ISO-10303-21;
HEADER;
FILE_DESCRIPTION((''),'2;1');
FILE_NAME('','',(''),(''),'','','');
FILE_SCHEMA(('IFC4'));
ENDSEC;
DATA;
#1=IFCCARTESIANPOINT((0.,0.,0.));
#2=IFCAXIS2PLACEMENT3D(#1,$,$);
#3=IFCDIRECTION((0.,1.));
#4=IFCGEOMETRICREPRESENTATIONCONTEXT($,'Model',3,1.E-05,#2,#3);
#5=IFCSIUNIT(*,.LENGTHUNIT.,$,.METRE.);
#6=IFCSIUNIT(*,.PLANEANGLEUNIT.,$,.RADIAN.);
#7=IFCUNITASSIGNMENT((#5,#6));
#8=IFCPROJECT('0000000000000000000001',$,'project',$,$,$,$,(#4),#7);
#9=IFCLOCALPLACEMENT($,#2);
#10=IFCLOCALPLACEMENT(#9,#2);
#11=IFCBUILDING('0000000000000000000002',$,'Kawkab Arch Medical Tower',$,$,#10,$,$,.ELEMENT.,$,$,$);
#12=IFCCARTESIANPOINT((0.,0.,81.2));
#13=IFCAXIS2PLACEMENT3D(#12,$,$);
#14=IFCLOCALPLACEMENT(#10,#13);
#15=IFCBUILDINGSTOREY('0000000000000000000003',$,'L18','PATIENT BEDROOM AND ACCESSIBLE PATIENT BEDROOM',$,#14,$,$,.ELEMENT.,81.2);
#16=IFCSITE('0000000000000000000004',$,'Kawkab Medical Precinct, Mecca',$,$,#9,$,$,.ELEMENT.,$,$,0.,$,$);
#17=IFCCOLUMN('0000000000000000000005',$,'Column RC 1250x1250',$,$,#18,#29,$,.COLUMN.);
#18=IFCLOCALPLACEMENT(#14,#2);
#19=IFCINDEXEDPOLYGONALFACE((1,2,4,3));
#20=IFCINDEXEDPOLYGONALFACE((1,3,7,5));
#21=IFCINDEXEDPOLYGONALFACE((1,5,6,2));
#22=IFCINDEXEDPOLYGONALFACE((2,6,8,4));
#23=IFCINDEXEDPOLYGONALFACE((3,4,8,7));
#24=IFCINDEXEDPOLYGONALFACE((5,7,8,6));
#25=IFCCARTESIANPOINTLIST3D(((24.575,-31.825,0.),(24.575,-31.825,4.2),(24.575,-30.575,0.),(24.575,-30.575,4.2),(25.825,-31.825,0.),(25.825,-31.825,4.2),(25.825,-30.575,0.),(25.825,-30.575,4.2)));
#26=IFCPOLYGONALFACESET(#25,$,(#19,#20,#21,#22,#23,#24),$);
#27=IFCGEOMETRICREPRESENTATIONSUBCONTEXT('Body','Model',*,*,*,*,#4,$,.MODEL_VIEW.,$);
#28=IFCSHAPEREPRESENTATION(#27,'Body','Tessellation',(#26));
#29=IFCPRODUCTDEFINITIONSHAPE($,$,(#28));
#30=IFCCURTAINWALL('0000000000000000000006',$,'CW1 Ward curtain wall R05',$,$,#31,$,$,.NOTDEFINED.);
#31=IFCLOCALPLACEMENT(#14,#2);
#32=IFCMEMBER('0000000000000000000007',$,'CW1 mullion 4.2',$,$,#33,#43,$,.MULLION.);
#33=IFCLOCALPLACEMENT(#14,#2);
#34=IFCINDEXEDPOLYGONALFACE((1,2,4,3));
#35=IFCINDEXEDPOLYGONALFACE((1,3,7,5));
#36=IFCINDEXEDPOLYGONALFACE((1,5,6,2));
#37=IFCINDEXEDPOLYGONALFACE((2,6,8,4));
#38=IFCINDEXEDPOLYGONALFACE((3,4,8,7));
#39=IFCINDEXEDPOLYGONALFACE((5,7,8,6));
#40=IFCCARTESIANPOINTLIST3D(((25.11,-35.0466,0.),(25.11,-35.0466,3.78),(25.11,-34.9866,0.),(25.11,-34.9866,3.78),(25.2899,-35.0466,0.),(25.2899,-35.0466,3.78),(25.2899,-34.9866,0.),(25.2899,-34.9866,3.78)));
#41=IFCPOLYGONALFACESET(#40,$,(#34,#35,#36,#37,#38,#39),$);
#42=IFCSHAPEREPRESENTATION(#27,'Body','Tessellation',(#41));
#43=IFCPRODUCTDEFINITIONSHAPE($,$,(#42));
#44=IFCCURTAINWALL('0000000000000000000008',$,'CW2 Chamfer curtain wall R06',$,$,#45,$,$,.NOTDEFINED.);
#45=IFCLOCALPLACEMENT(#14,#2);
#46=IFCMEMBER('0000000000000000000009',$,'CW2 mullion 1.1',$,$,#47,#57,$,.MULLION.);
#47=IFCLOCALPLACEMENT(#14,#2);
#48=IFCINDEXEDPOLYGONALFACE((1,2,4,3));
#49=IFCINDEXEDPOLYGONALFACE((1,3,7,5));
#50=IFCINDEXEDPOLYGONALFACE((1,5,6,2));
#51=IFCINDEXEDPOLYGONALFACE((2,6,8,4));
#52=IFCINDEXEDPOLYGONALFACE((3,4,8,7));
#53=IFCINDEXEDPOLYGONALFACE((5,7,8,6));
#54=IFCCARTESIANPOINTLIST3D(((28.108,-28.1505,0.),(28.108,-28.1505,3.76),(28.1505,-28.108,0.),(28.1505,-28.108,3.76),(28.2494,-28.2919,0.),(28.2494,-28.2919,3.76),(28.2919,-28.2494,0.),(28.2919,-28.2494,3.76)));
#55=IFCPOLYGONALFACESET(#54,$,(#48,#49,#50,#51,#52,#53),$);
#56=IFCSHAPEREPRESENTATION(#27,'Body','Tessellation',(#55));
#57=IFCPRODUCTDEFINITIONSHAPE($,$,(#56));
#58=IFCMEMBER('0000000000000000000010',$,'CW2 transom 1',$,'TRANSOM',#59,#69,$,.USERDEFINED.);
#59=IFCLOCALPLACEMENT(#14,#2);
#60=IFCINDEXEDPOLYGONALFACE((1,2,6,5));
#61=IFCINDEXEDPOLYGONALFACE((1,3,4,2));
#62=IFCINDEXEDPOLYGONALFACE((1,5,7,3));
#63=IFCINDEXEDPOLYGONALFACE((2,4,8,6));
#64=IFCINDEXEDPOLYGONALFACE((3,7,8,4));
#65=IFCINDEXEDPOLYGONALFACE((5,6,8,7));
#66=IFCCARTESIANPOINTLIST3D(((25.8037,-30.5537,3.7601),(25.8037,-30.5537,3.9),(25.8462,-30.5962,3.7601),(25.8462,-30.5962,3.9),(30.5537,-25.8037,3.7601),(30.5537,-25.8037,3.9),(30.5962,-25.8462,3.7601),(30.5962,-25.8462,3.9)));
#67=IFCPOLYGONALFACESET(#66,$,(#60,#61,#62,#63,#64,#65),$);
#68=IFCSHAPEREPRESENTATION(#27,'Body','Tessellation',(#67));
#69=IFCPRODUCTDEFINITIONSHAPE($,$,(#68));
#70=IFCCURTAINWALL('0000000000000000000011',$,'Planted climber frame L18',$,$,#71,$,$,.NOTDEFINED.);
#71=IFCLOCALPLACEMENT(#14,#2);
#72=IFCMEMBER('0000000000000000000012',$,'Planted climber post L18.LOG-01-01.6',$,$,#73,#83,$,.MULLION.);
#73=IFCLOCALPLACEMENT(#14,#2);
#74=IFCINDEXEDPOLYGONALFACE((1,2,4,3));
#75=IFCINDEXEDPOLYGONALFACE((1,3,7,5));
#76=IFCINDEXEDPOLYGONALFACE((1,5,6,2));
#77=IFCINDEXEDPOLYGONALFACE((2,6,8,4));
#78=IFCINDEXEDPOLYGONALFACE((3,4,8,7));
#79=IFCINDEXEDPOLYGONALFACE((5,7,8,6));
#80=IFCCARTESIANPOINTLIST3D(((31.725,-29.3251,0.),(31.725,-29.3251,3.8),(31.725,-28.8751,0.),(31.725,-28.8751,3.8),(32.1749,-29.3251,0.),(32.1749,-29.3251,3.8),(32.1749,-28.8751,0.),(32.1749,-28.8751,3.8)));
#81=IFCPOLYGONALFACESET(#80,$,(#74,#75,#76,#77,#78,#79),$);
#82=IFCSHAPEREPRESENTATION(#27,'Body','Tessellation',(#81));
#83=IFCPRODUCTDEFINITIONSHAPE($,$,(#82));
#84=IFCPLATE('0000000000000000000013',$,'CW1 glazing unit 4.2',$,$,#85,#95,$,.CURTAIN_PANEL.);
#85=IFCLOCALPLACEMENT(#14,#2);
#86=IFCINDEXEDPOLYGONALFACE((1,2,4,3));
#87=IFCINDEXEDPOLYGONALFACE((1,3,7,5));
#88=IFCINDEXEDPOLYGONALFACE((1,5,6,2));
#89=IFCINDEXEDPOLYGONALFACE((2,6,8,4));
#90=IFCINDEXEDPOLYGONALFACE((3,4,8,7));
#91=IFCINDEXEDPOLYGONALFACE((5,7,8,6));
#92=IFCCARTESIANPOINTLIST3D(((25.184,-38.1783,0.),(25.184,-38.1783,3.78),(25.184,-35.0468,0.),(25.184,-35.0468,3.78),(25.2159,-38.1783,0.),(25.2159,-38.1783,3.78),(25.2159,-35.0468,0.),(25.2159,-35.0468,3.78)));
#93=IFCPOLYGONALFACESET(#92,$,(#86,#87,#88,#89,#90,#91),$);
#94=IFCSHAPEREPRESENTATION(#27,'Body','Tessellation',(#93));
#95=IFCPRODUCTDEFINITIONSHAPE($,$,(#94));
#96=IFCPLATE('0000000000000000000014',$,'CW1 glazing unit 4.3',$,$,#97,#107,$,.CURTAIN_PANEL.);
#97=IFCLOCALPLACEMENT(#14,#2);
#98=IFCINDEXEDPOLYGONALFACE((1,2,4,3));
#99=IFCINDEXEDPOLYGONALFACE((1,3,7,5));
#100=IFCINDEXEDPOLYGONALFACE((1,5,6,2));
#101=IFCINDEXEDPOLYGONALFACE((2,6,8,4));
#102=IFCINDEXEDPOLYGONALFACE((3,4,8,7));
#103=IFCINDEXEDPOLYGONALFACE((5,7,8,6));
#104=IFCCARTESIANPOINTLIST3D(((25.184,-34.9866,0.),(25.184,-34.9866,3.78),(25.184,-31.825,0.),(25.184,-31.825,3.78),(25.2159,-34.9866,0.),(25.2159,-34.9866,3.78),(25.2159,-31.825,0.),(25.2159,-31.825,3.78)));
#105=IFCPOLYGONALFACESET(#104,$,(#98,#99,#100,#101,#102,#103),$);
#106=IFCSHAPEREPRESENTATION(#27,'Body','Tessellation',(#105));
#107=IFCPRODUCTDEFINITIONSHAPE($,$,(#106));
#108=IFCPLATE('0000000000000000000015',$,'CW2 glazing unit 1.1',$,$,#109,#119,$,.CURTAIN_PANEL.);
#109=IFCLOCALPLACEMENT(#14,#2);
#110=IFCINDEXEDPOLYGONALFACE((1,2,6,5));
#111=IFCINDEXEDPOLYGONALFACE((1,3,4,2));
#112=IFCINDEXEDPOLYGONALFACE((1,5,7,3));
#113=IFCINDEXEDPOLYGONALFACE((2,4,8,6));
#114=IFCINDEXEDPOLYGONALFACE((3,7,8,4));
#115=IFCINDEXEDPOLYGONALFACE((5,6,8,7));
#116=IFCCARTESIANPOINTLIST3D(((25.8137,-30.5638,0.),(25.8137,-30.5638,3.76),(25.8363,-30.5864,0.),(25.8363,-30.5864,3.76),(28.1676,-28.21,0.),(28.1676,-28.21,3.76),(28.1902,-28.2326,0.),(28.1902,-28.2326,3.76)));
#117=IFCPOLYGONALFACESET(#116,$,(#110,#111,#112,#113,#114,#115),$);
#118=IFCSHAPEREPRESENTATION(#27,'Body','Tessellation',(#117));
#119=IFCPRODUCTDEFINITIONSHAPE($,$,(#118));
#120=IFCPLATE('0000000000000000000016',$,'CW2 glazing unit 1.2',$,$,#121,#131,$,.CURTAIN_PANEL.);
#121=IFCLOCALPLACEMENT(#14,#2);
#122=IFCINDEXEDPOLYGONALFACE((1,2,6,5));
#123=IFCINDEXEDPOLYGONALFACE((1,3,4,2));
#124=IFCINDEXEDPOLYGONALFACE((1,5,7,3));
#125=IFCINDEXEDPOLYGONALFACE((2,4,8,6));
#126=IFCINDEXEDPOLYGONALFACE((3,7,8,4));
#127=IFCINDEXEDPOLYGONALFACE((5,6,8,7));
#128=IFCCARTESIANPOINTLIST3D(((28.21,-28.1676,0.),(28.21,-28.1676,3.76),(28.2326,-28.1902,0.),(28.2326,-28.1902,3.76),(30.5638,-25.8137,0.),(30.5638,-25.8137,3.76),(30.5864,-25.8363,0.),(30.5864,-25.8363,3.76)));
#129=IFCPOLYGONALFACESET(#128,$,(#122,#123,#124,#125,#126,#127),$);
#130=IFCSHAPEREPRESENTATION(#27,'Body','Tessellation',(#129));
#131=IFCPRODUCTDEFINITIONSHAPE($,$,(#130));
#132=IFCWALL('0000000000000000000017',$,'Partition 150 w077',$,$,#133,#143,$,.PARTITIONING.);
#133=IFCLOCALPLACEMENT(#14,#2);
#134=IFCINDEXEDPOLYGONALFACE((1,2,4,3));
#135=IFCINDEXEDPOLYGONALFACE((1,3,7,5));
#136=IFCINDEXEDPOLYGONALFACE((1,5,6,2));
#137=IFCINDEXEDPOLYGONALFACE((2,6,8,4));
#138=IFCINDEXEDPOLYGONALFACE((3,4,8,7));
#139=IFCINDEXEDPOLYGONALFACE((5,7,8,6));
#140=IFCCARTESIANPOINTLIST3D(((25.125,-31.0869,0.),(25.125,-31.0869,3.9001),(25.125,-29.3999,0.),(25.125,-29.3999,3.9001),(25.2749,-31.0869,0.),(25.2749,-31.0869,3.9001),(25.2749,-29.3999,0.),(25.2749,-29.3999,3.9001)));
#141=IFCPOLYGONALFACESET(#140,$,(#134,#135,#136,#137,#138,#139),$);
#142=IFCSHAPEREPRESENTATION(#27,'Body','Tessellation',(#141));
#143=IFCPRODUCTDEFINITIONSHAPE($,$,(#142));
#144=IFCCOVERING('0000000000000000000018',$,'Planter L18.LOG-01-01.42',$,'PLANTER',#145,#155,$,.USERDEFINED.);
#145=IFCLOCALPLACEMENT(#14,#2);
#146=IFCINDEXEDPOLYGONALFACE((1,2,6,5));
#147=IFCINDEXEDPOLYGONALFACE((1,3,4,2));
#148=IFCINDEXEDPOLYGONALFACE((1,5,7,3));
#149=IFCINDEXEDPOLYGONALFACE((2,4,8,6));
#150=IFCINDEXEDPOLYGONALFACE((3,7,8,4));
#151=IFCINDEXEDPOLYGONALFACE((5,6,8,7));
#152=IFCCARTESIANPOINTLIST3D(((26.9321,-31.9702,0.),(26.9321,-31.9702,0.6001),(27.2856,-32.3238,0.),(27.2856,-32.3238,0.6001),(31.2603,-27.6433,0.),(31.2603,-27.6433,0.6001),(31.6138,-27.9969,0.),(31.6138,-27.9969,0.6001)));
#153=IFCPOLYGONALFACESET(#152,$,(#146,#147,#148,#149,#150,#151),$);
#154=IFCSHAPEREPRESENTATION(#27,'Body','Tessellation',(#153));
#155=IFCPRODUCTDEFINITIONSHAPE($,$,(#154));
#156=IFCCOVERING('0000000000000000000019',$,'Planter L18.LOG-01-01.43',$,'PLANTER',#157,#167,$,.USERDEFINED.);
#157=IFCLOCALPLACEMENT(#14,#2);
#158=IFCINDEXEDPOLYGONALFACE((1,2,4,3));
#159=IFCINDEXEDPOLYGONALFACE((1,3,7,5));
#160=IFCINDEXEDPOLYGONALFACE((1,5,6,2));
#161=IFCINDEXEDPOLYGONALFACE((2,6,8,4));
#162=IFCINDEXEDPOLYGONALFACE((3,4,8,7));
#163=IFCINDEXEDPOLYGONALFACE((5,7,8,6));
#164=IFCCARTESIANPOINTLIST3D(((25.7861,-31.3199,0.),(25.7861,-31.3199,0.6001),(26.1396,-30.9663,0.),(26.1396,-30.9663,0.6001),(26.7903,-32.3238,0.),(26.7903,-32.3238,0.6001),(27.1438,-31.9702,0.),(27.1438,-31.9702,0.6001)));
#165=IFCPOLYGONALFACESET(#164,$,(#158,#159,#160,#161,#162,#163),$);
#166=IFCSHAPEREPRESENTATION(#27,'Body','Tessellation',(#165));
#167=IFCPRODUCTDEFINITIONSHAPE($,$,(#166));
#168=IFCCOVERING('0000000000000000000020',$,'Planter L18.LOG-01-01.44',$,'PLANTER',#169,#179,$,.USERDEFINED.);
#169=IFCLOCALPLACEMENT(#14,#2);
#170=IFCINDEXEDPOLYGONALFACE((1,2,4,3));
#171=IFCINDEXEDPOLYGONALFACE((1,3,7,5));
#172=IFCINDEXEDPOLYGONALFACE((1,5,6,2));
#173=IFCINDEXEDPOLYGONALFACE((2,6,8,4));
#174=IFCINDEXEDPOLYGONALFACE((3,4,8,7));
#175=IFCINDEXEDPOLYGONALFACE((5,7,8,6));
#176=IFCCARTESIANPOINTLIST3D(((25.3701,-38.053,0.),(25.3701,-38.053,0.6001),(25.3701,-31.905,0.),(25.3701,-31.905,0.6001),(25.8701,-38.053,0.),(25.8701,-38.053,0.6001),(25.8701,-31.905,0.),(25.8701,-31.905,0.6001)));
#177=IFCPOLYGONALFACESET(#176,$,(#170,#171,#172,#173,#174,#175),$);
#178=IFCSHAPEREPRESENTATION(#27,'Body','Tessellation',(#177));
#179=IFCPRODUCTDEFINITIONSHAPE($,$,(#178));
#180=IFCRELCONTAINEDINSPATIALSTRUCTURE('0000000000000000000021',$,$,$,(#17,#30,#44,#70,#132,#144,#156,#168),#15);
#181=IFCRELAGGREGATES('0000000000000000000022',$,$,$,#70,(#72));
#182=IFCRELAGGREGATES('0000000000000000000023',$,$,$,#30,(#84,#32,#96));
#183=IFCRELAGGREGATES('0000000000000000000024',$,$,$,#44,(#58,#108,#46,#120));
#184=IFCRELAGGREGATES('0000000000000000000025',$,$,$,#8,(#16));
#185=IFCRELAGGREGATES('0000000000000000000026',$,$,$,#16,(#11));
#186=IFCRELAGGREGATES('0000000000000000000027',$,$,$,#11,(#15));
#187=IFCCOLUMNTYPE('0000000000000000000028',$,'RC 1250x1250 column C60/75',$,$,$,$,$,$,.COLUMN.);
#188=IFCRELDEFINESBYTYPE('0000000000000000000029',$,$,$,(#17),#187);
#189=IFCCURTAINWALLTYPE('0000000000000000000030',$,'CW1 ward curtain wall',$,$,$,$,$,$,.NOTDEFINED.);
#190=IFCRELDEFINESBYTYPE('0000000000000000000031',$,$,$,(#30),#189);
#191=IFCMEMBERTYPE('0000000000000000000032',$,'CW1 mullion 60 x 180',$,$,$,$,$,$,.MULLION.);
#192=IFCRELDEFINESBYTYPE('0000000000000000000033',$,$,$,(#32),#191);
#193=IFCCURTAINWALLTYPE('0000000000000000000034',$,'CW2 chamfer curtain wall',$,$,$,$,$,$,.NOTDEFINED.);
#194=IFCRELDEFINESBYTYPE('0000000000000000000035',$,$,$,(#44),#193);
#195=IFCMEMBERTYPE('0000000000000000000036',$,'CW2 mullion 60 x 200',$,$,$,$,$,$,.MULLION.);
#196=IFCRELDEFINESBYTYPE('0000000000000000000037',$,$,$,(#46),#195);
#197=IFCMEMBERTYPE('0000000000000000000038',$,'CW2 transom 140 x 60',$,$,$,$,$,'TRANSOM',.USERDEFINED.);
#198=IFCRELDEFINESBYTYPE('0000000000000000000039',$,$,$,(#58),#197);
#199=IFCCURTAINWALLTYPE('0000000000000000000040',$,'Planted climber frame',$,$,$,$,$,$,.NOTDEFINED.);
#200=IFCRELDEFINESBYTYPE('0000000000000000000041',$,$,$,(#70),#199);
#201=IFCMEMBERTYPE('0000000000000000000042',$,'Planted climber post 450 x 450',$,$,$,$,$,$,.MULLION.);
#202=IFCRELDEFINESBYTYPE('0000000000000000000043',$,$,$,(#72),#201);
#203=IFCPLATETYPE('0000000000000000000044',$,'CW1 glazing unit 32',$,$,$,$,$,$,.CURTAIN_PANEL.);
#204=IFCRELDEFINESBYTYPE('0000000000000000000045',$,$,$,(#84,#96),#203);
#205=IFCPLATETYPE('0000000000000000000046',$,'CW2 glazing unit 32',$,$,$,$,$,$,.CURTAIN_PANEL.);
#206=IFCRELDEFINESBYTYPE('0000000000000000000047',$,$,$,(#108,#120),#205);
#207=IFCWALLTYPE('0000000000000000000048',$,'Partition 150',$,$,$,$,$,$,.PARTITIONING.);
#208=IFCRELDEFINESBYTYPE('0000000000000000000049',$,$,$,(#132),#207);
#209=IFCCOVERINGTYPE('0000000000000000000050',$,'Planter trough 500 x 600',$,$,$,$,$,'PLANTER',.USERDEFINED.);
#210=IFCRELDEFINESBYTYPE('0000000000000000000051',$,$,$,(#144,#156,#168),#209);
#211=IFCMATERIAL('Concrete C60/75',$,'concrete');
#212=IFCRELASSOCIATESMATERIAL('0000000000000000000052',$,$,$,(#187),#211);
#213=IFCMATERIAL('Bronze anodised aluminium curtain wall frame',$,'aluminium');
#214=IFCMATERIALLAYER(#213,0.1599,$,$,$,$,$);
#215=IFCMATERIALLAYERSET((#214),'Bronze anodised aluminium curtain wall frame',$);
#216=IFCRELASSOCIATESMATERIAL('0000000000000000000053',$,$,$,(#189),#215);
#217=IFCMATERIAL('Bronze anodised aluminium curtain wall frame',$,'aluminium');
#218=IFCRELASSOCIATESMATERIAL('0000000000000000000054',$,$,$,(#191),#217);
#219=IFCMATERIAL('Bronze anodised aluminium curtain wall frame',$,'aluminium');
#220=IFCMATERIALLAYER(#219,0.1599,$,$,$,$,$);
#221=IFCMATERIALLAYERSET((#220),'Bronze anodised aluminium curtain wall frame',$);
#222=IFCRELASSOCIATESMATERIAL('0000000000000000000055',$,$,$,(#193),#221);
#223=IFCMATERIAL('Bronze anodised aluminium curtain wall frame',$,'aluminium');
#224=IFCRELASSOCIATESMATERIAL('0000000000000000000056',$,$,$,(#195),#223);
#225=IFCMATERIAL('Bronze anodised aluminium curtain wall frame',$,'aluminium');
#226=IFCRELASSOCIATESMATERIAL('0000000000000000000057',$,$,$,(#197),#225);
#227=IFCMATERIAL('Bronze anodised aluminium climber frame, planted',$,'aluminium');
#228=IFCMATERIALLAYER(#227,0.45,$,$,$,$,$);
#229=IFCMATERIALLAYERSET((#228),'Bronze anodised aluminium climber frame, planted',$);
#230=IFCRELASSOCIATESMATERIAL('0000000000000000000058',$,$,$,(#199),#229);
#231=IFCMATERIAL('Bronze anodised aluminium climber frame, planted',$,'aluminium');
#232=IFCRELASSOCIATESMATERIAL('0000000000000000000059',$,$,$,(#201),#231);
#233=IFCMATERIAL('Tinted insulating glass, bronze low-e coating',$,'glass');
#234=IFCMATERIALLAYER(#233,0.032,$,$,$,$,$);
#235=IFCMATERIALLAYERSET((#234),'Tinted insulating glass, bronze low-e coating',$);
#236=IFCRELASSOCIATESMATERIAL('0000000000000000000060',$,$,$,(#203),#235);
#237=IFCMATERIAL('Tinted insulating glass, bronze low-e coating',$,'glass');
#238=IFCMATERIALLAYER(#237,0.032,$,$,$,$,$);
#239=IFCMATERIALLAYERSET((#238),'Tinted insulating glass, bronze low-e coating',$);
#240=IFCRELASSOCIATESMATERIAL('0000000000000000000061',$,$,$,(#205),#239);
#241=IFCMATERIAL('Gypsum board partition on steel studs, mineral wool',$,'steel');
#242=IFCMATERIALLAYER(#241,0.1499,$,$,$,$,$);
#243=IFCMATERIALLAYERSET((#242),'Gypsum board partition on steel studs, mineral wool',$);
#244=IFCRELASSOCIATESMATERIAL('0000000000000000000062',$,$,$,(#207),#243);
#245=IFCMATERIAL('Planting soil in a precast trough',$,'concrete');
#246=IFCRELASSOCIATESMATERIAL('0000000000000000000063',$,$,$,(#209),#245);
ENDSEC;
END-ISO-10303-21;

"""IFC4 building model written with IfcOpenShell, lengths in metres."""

from ifc_helpers import new_model, si_unit, direction, frame, frame_2d, origin, origin_2d, place, context, subcontext, project, spatial, rectangle, extrude, material, layer, layer_set, material_profile, profile_set, type_object, element, aggregate, save


model = new_model("IFC4")

# Units and contexts
model_context = context("Model", 3, precision=1e-05, world=origin(), true_north=direction((0.0, 1.0)))
body_context = subcontext(model_context, "Body", "Model", "MODEL_VIEW")
ifc_project = project(units=[si_unit("LENGTHUNIT", "METRE"), si_unit("PLANEANGLEUNIT", "RADIAN")], contexts=[model_context])

# Site, building, storey
site_placement = place(None, origin())
site = spatial("IfcSite", under=ifc_project, at=site_placement, Name="Kawkab Medical Precinct, Mecca", CompositionType="ELEMENT", RefElevation=0.0)
building_placement = place(site_placement, origin())
building = spatial("IfcBuilding", under=site, at=building_placement, Name="Kawkab Arch Medical Tower", CompositionType="ELEMENT")
storey_placement = place(building_placement, frame((0.0, 0.0, 81.2)))
storey = spatial("IfcBuildingStorey", under=building, at=storey_placement, Name="L18", Description="PATIENT BEDROOM AND ACCESSIBLE PATIENT BEDROOM", CompositionType="ELEMENT", Elevation=81.2)

# Column
ifc_material_1 = material(Name="Concrete C60/75", Category="concrete")
ifc_material_profile_1 = material_profile(ifc_material_1, rectangle(XDim=1.25, YDim=1.25, at=origin_2d()), Name="RC 1250x1250")
ifc_profile_set_1 = profile_set([ifc_material_profile_1], Name="Concrete C60/75")
column_type = type_object("IfcColumnType", Name="RC 1250x1250 column C60/75", PredefinedType="COLUMN", material=ifc_profile_set_1)
column_placement = place(storey_placement, frame((25.2, -31.2, 0.0), z_axis=(0.0, 0.0, 1.0), x_axis=(1.0, 0.0, 0.0)))
element("IfcColumn", 1, at=column_placement, inside=storey, type_object=column_type, Name="Column RC 1250x1250", PredefinedType="COLUMN", context=body_context, shape_type="SweptSolid", body=[
    extrude(rectangle(XDim=1.25, YDim=1.25, at=origin_2d()), origin(), (0.0, 0.0, 1.0), 4.2),
])

# Curtain wall, member
ifc_material_2 = material(Name="Bronze anodised aluminium curtain wall frame", Category="aluminium")
ifc_layer_1 = layer(ifc_material_2, 0.1599)
ifc_layer_set_1 = layer_set([ifc_layer_1], Name="Bronze anodised aluminium curtain wall frame")
curtain_wall_type_1 = type_object("IfcCurtainWallType", Name="CW1 ward curtain wall", PredefinedType="NOTDEFINED", material=ifc_layer_set_1)
placement = place(storey_placement, origin())
curtain_wall_1 = element("IfcCurtainWall", 2, at=placement, inside=storey, type_object=curtain_wall_type_1, Name="CW1 Ward curtain wall R05", PredefinedType="NOTDEFINED")
ifc_material_3 = material(Name="Bronze anodised aluminium curtain wall frame", Category="aluminium")
ifc_material_profile_2 = material_profile(ifc_material_3, rectangle(XDim=0.1799, YDim=0.0601, at=origin_2d()), Name="AL 60x180")
ifc_profile_set_2 = profile_set([ifc_material_profile_2], Name="Bronze anodised aluminium curtain wall frame")
member_type_1 = type_object("IfcMemberType", Name="CW1 mullion 60 x 180", PredefinedType="MULLION", material=ifc_profile_set_2)
member_1_placement = place(storey_placement, frame((25.2, -35.0166, 0.0), z_axis=(0.0, 0.0, 1.0), x_axis=(-1.0, 0.0, 0.0)))
member_1 = element("IfcMember", 3, at=member_1_placement, type_object=member_type_1, Name="CW1 mullion 4.2", PredefinedType="MULLION", context=body_context, shape_type="SweptSolid", body=[
    extrude(rectangle(XDim=0.1799, YDim=0.0601, at=origin_2d()), origin(), (0.0, 0.0, 1.0), 3.78),
])

# Curtain wall, members
ifc_material_4 = material(Name="Bronze anodised aluminium curtain wall frame", Category="aluminium")
ifc_layer_2 = layer(ifc_material_4, 0.1599)
ifc_layer_set_2 = layer_set([ifc_layer_2], Name="Bronze anodised aluminium curtain wall frame")
curtain_wall_type_2 = type_object("IfcCurtainWallType", Name="CW2 chamfer curtain wall", PredefinedType="NOTDEFINED", material=ifc_layer_set_2)
curtain_wall_2 = element("IfcCurtainWall", 4, at=placement, inside=storey, type_object=curtain_wall_type_2, Name="CW2 Chamfer curtain wall R06", PredefinedType="NOTDEFINED")
ifc_material_5 = material(Name="Bronze anodised aluminium curtain wall frame", Category="aluminium")
ifc_material_profile_3 = material_profile(ifc_material_5, rectangle(XDim=0.2, YDim=0.0601, at=origin_2d()), Name="AL 60x200")
ifc_profile_set_3 = profile_set([ifc_material_profile_3], Name="Bronze anodised aluminium curtain wall frame")
member_type_2 = type_object("IfcMemberType", Name="CW2 mullion 60 x 200", PredefinedType="MULLION", material=ifc_profile_set_3)
member_2_placement = place(storey_placement, frame((28.2, -28.2, 0.0), z_axis=(0.0, 0.0, 1.0), x_axis=(-0.707107, 0.707107, 0.0)))
member_2 = element("IfcMember", 5, at=member_2_placement, type_object=member_type_2, Name="CW2 mullion 1.1", PredefinedType="MULLION", context=body_context, shape_type="SweptSolid", body=[
    extrude(rectangle(XDim=0.2, YDim=0.0601, at=origin_2d()), origin(), (0.0, 0.0, 1.0), 3.76),
])
ifc_material_6 = material(Name="Bronze anodised aluminium curtain wall frame", Category="aluminium")
ifc_material_profile_4 = material_profile(ifc_material_6, rectangle(XDim=0.0601, YDim=0.1399, at=origin_2d()), Name="AL 60x140")
ifc_profile_set_4 = profile_set([ifc_material_profile_4], Name="Bronze anodised aluminium curtain wall frame")
member_type_3 = type_object("IfcMemberType", Name="CW2 transom 140 x 60", ElementType="TRANSOM", PredefinedType="USERDEFINED", material=ifc_profile_set_4)
member_3_placement = place(storey_placement, frame((25.825, -30.575, 3.8301), z_axis=(0.707107, 0.707107, 0.0), x_axis=(-0.707107, 0.707107, 0.0)))
member_3 = element("IfcMember", 6, at=member_3_placement, type_object=member_type_3, Name="CW2 transom 1", ObjectType="TRANSOM", PredefinedType="USERDEFINED", context=body_context, shape_type="SweptSolid", body=[
    extrude(rectangle(XDim=0.0601, YDim=0.1399, at=origin_2d()), origin(), (0.0, 0.0, 1.0), 6.7175),
])

# Curtain wall, member
ifc_material_7 = material(Name="Bronze anodised aluminium climber frame, planted", Category="aluminium")
ifc_layer_3 = layer(ifc_material_7, 0.45)
ifc_layer_set_3 = layer_set([ifc_layer_3], Name="Bronze anodised aluminium climber frame, planted")
curtain_wall_type_3 = type_object("IfcCurtainWallType", Name="Planted climber frame", PredefinedType="NOTDEFINED", material=ifc_layer_set_3)
curtain_wall_3 = element("IfcCurtainWall", 7, at=placement, inside=storey, type_object=curtain_wall_type_3, Name="Planted climber frame L18", PredefinedType="NOTDEFINED")
ifc_material_8 = material(Name="Bronze anodised aluminium climber frame, planted", Category="aluminium")
ifc_material_profile_5 = material_profile(ifc_material_8, rectangle(XDim=0.45, YDim=0.45, at=origin_2d()), Name="Post 450x450")
ifc_profile_set_5 = profile_set([ifc_material_profile_5], Name="Bronze anodised aluminium climber frame, planted")
member_type_4 = type_object("IfcMemberType", Name="Planted climber post 450 x 450", PredefinedType="MULLION", material=ifc_profile_set_5)
member_4_placement = place(storey_placement, frame((31.95, -29.1001, 0.0), z_axis=(0.0, 0.0, 1.0), x_axis=(1.0, 0.0, 0.0)))
member_4 = element("IfcMember", 8, at=member_4_placement, type_object=member_type_4, Name="Planted climber post L18.LOG-01-01.6", PredefinedType="MULLION", context=body_context, shape_type="SweptSolid", body=[
    extrude(rectangle(XDim=0.45, YDim=0.45, at=origin_2d()), origin(), (0.0, 0.0, 1.0), 3.8),
])
aggregate(curtain_wall_3, [member_4])

# Plates
ifc_material_9 = material(Name="Tinted insulating glass, bronze low-e coating", Category="glass")
ifc_layer_4 = layer(ifc_material_9, 0.032)
ifc_layer_set_4 = layer_set([ifc_layer_4], Name="Tinted insulating glass, bronze low-e coating")
plate_type_1 = type_object("IfcPlateType", Name="CW1 glazing unit 32", PredefinedType="CURTAIN_PANEL", material=ifc_layer_set_4)
plate_1_placement = place(storey_placement, frame((25.2, -36.6125, 0.0), z_axis=(0.0, 0.0, 1.0), x_axis=(0.0, 1.0, 0.0)))
plate_1 = element("IfcPlate", 9, at=plate_1_placement, type_object=plate_type_1, Name="CW1 glazing unit 4.2", PredefinedType="CURTAIN_PANEL", context=body_context, shape_type="SweptSolid", body=[
    extrude(rectangle(XDim=3.1316, YDim=0.032, at=origin_2d()), origin(), (0.0, 0.0, 1.0), 3.78),
])
plate_2_placement = place(storey_placement, frame((25.2, -33.4058, 0.0), z_axis=(0.0, 0.0, 1.0), x_axis=(0.0, 1.0, 0.0)))
plate_2 = element("IfcPlate", 10, at=plate_2_placement, type_object=plate_type_1, Name="CW1 glazing unit 4.3", PredefinedType="CURTAIN_PANEL", context=body_context, shape_type="SweptSolid", body=[
    extrude(rectangle(XDim=3.1616, YDim=0.032, at=origin_2d()), origin(), (0.0, 0.0, 1.0), 3.78),
])
aggregate(curtain_wall_1, [plate_1, member_1, plate_2])
ifc_material_10 = material(Name="Tinted insulating glass, bronze low-e coating", Category="glass")
ifc_layer_5 = layer(ifc_material_10, 0.032)
ifc_layer_set_5 = layer_set([ifc_layer_5], Name="Tinted insulating glass, bronze low-e coating")
plate_type_2 = type_object("IfcPlateType", Name="CW2 glazing unit 32", PredefinedType="CURTAIN_PANEL", material=ifc_layer_set_5)
plate_3_placement = place(storey_placement, frame((27.002, -29.3982, 0.0), z_axis=(0.0, 0.0, 1.0), x_axis=(0.707107, 0.707107, 0.0)))
plate_3 = element("IfcPlate", 11, at=plate_3_placement, type_object=plate_type_2, Name="CW2 glazing unit 1.1", PredefinedType="CURTAIN_PANEL", context=body_context, shape_type="SweptSolid", body=[
    extrude(rectangle(XDim=3.3289, YDim=0.032, at=origin_2d()), origin(), (0.0, 0.0, 1.0), 3.76),
])
plate_4_placement = place(storey_placement, frame((29.3982, -27.002, 0.0), z_axis=(0.0, 0.0, 1.0), x_axis=(0.707107, 0.707107, 0.0)))
plate_4 = element("IfcPlate", 12, at=plate_4_placement, type_object=plate_type_2, Name="CW2 glazing unit 1.2", PredefinedType="CURTAIN_PANEL", context=body_context, shape_type="SweptSolid", body=[
    extrude(rectangle(XDim=3.3289, YDim=0.032, at=origin_2d()), origin(), (0.0, 0.0, 1.0), 3.76),
])
aggregate(curtain_wall_2, [member_3, plate_3, member_2, plate_4])

# Wall
ifc_material_11 = material(Name="Gypsum board partition on steel studs, mineral wool", Category="steel")
ifc_layer_6 = layer(ifc_material_11, 0.1499)
ifc_layer_set_6 = layer_set([ifc_layer_6], Name="Gypsum board partition on steel studs, mineral wool")
wall_type = type_object("IfcWallType", Name="Partition 150", PredefinedType="PARTITIONING", material=ifc_layer_set_6)
wall_placement = place(storey_placement, frame((25.2, -31.0869, 0.0), z_axis=(0.0, 0.0, 1.0), x_axis=(0.0, 1.0, 0.0)))
element("IfcWall", 13, at=wall_placement, inside=storey, type_object=wall_type, Name="Partition 150 w077", PredefinedType="PARTITIONING", context=body_context, shape_type="SweptSolid", body=[
    extrude(rectangle(XDim=1.687, YDim=0.1499, at=frame_2d((0.8435, 0.0))), origin(), (0.0, 0.0, 1.0), 3.9001),
])

# Coverings
ifc_material_12 = material(Name="Planting soil in a precast trough", Category="concrete")
ifc_material_profile_6 = material_profile(ifc_material_12, rectangle(XDim=0.5, YDim=0.6001, at=origin_2d()), Name="Trough 500x600")
ifc_profile_set_6 = profile_set([ifc_material_profile_6], Name="Planting soil in a precast trough")
covering_type = type_object("IfcCoveringType", Name="Planter trough 500 x 600", ElementType="PLANTER", PredefinedType="USERDEFINED", material=ifc_profile_set_6)
covering_1_placement = place(storey_placement, frame((31.437, -27.8201, 0.3), z_axis=(-0.707207, -0.707007, 0.0), x_axis=(0.707007, -0.707207, 0.0)))
element("IfcCovering", 14, at=covering_1_placement, inside=storey, type_object=covering_type, Name="Planter L18.LOG-01-01.42", ObjectType="PLANTER", PredefinedType="USERDEFINED", context=body_context, shape_type="SweptSolid", body=[
    extrude(rectangle(XDim=0.5, YDim=0.6001, at=origin_2d()), origin(), (0.0, 0.0, 1.0), 6.1201),
])
covering_2_placement = place(storey_placement, frame((26.967, -32.147, 0.3), z_axis=(-0.707193, 0.707021, 0.0), x_axis=(-0.707021, -0.707193, 0.0)))
element("IfcCovering", 15, at=covering_2_placement, inside=storey, type_object=covering_type, Name="Planter L18.LOG-01-01.43", ObjectType="PLANTER", PredefinedType="USERDEFINED", context=body_context, shape_type="SweptSolid", body=[
    extrude(rectangle(XDim=0.5, YDim=0.6001, at=origin_2d()), origin(), (0.0, 0.0, 1.0), 1.4199),
])
covering_3_placement = place(storey_placement, frame((25.6201, -31.905, 0.3), z_axis=(0.0, -1.0, 0.0), x_axis=(1.0, 0.0, 0.0)))
element("IfcCovering", 16, at=covering_3_placement, inside=storey, type_object=covering_type, Name="Planter L18.LOG-01-01.44", ObjectType="PLANTER", PredefinedType="USERDEFINED", context=body_context, shape_type="SweptSolid", body=[
    extrude(rectangle(XDim=0.5, YDim=0.6001, at=origin_2d()), origin(), (0.0, 0.0, 1.0), 6.1479),
])

save(model, "model.ifc")
